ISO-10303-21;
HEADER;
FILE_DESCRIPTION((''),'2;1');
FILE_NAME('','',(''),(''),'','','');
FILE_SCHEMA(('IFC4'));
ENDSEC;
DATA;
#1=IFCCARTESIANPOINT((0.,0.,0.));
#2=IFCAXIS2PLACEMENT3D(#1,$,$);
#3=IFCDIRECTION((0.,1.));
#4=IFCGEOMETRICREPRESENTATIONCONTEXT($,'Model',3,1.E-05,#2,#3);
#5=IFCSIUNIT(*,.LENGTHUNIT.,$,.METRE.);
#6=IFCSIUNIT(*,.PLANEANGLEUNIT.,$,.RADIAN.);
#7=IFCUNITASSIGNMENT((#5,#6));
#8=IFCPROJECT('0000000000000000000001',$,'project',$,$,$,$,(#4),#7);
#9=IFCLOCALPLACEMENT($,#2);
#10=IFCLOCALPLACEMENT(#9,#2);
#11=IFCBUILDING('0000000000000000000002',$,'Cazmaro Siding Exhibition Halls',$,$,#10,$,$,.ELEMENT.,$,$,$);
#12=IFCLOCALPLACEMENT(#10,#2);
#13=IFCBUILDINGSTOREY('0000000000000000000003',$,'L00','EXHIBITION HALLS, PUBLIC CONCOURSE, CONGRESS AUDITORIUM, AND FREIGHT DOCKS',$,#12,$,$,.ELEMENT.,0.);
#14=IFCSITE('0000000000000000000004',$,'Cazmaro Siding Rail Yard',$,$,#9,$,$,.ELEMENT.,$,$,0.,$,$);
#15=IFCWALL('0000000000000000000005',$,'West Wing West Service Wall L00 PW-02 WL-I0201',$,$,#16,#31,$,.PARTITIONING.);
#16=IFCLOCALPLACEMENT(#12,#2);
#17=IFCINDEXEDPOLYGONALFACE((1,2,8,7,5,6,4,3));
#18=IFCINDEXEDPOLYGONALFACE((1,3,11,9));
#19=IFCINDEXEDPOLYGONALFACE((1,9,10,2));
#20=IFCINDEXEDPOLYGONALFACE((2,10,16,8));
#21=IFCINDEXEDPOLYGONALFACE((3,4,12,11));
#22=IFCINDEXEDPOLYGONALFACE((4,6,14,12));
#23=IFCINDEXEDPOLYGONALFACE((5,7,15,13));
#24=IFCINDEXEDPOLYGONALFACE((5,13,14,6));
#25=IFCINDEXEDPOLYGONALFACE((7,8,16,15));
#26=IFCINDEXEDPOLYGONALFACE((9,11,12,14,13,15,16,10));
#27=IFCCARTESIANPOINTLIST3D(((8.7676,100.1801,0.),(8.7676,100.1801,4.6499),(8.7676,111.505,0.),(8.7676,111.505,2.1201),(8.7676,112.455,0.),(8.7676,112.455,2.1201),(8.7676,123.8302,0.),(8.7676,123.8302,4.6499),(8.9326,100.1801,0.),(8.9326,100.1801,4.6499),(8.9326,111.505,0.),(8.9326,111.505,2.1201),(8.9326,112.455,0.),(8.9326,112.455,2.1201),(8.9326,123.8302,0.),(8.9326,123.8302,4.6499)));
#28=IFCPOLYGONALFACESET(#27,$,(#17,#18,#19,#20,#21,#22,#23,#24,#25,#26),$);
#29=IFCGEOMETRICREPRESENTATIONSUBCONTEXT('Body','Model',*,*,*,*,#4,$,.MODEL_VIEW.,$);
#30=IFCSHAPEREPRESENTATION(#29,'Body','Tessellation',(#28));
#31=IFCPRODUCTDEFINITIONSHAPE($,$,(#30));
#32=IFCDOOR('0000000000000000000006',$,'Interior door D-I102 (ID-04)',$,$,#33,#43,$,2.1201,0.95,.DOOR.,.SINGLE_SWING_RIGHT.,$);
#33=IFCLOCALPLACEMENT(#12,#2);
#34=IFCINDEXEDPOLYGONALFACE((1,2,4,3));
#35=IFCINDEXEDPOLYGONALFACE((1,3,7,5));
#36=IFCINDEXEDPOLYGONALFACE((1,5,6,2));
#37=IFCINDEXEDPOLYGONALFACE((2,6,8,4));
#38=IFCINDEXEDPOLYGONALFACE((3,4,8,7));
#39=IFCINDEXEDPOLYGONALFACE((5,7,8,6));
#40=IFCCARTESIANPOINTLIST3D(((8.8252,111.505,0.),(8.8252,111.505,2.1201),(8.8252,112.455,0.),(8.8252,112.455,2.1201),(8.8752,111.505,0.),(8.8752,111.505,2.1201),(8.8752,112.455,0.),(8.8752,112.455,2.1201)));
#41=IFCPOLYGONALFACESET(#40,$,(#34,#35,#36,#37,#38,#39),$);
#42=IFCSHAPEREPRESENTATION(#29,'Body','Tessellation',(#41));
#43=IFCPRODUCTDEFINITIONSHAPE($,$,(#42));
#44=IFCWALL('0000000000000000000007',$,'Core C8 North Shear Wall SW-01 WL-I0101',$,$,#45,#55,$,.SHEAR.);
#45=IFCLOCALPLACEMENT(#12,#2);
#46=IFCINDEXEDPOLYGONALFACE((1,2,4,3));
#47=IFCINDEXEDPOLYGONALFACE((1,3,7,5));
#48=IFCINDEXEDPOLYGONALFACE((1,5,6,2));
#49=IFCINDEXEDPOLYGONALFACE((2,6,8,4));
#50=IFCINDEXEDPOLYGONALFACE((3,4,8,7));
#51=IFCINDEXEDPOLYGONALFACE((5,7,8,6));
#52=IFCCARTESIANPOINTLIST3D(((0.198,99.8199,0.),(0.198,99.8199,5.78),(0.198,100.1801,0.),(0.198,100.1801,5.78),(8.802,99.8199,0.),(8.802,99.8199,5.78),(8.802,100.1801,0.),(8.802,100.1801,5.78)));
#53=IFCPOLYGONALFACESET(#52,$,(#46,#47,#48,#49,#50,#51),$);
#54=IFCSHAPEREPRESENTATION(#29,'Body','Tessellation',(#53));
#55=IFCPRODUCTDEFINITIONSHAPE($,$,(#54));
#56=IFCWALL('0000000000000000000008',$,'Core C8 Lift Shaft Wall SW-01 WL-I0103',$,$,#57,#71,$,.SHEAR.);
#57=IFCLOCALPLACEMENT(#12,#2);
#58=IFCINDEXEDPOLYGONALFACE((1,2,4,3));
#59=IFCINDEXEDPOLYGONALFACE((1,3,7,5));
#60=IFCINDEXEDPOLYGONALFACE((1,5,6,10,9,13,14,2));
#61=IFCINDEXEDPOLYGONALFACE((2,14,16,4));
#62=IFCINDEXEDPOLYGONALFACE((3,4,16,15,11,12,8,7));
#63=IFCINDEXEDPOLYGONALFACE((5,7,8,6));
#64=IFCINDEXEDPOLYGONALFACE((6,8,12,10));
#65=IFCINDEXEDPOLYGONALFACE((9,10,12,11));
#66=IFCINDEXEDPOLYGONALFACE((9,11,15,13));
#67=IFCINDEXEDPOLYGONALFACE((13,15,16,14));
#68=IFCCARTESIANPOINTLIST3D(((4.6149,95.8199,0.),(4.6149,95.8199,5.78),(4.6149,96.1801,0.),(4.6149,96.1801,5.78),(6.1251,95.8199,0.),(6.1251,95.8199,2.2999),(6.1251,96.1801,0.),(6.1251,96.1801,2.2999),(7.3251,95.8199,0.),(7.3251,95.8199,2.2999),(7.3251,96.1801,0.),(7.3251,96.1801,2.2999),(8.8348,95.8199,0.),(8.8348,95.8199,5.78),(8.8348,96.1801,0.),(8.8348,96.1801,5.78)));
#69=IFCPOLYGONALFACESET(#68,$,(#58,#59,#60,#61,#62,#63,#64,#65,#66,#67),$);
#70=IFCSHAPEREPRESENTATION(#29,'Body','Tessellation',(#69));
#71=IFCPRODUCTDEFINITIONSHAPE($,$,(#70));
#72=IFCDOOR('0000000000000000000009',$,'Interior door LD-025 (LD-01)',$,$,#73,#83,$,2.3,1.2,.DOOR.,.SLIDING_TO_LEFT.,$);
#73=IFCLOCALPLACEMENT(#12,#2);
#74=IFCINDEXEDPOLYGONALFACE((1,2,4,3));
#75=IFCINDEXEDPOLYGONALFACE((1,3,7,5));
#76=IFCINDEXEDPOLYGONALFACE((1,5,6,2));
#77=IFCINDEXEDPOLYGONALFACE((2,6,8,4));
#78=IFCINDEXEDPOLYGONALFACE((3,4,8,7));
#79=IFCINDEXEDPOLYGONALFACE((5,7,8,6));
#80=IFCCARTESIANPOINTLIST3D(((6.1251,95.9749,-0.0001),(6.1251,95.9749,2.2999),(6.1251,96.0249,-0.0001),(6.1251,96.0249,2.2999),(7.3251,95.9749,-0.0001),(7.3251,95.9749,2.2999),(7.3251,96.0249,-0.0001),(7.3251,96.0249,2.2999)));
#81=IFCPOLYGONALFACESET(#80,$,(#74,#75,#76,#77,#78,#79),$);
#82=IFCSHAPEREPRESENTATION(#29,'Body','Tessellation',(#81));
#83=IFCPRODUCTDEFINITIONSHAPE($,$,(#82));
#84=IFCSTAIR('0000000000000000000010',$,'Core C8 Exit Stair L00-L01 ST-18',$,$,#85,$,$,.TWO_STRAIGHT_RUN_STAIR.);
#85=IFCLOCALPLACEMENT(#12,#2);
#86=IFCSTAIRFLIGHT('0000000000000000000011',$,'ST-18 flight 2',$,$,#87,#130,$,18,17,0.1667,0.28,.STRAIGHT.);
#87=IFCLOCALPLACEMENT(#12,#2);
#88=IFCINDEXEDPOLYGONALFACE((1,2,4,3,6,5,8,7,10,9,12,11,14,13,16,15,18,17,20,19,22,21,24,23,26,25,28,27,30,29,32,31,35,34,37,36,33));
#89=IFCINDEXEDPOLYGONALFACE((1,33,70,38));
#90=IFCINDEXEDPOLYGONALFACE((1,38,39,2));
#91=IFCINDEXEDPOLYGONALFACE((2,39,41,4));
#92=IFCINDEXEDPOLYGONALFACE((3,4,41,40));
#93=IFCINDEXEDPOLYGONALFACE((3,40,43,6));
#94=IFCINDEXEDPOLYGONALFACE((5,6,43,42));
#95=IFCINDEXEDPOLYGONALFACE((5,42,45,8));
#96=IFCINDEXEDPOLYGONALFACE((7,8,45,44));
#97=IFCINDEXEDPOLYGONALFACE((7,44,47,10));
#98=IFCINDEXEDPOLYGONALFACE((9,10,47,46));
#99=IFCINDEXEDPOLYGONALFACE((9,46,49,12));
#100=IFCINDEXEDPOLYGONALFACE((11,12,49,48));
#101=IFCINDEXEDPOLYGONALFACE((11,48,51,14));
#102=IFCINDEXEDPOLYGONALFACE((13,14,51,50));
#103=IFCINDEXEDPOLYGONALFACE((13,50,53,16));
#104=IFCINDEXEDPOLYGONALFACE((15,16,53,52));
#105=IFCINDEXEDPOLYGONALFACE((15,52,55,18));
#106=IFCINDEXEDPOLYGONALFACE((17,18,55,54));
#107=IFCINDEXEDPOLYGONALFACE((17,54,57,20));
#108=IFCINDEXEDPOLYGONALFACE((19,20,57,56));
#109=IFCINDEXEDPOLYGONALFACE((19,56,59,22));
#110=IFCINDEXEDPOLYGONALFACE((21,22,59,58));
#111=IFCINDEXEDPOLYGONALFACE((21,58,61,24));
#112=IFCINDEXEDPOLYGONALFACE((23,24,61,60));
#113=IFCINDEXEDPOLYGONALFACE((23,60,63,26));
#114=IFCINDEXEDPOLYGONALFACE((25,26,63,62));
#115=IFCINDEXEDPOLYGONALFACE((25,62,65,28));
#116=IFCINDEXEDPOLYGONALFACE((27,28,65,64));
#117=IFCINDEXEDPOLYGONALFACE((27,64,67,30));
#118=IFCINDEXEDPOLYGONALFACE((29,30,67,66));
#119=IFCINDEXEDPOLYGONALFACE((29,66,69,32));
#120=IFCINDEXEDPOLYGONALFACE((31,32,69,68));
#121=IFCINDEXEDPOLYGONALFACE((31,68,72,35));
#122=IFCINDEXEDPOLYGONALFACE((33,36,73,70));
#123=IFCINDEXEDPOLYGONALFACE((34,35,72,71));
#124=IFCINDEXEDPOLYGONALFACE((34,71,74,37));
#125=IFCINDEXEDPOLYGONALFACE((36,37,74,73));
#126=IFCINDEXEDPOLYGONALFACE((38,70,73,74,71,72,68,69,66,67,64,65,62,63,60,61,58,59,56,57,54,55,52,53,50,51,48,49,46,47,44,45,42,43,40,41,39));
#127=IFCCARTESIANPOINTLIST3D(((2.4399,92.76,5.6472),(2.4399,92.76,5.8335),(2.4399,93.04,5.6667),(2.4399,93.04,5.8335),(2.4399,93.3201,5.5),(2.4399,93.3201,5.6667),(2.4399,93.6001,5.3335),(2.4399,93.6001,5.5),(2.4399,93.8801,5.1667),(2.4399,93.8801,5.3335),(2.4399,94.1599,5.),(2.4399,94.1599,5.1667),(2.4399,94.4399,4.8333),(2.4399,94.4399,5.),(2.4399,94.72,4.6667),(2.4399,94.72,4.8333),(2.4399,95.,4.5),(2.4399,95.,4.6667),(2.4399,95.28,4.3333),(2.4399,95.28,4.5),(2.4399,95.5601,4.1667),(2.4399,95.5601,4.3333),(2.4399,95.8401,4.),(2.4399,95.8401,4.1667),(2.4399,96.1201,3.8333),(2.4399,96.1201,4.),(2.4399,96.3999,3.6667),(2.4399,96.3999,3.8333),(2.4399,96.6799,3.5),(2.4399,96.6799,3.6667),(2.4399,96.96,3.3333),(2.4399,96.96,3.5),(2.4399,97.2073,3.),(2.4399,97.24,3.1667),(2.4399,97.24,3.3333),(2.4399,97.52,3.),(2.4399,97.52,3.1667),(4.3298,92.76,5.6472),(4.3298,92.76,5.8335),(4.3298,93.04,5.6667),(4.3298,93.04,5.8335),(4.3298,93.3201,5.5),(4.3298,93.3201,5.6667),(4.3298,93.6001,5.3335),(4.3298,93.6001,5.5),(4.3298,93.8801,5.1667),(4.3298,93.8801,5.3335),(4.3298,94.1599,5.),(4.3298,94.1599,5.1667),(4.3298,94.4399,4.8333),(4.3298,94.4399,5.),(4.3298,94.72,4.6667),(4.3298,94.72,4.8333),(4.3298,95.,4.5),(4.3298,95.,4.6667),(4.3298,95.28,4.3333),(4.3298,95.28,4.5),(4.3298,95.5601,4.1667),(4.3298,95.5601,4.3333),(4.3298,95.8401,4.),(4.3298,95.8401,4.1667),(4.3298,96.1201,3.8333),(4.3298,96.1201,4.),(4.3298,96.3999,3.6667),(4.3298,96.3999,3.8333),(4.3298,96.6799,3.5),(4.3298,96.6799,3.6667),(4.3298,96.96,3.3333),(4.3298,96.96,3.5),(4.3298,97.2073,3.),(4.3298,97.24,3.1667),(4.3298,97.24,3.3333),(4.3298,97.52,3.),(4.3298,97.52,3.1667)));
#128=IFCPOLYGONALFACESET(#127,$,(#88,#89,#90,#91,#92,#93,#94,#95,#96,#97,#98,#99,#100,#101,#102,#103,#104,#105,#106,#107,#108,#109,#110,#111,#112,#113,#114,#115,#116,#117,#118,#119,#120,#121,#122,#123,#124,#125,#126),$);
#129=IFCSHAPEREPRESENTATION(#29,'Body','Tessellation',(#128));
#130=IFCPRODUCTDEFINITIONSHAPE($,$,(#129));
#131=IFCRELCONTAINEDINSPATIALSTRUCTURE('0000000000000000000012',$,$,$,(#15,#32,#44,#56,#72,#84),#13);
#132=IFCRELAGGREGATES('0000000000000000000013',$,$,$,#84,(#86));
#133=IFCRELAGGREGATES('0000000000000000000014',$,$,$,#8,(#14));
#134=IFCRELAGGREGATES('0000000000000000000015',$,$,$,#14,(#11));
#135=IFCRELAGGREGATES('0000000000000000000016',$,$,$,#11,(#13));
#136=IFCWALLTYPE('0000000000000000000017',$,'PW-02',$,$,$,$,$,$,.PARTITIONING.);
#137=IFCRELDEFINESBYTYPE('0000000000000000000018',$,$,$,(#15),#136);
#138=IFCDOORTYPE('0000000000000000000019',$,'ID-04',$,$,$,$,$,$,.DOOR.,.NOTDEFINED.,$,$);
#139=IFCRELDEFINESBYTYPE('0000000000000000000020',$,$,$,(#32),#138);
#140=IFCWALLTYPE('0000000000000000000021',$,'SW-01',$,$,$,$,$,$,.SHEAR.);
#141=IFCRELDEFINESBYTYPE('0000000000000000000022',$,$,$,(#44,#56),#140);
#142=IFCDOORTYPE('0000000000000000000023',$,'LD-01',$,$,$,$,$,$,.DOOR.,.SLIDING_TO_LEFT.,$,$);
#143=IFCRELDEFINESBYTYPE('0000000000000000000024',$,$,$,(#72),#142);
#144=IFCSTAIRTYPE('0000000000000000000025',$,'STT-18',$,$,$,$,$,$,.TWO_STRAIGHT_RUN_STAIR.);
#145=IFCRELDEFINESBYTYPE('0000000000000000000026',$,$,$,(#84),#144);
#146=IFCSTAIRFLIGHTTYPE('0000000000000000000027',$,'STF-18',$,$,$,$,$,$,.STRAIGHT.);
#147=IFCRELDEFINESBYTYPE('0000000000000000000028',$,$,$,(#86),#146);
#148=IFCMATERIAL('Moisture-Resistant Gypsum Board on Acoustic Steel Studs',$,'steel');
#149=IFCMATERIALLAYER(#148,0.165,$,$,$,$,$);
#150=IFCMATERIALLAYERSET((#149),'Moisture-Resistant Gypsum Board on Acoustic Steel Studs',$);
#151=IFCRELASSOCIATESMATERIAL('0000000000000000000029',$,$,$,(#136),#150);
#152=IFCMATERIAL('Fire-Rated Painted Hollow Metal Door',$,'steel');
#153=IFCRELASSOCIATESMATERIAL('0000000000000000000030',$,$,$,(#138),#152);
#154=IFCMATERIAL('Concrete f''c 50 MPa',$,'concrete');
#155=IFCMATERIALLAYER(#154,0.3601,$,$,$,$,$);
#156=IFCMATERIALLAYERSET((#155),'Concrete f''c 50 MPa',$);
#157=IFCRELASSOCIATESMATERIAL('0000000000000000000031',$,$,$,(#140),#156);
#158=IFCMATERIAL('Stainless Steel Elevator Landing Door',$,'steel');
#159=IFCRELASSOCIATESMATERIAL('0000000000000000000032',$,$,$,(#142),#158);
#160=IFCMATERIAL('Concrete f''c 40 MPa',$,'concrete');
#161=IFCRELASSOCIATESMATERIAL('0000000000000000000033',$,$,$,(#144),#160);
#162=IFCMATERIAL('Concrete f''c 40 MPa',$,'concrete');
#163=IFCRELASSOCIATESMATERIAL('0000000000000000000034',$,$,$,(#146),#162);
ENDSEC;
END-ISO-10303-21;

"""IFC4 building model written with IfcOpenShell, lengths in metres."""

from ifc_helpers import new_model, si_unit, direction, frame, frame_2d, origin, place, context, subcontext, project, spatial, polyline, rectangle, outline, extrude, material, layer, layer_set, type_object, element, fill, aggregate, save


model = new_model("IFC4")

# Units and contexts
model_context = context("Model", 3, precision=1e-05, world=origin(), true_north=direction((0.0, 1.0)))
body_context = subcontext(model_context, "Body", "Model", "MODEL_VIEW")
ifc_project = project(units=[si_unit("LENGTHUNIT", "METRE"), si_unit("PLANEANGLEUNIT", "RADIAN")], contexts=[model_context])

# Site, building, storey
site_placement = place(None, origin())
site = spatial("IfcSite", under=ifc_project, at=site_placement, Name="Cazmaro Siding Rail Yard", CompositionType="ELEMENT", RefElevation=0.0)
building_placement = place(site_placement, origin())
building = spatial("IfcBuilding", under=site, at=building_placement, Name="Cazmaro Siding Exhibition Halls", CompositionType="ELEMENT")
storey_placement = place(building_placement, origin())
storey = spatial("IfcBuildingStorey", under=building, at=storey_placement, Name="L00", Description="EXHIBITION HALLS, PUBLIC CONCOURSE, CONGRESS AUDITORIUM, AND FREIGHT DOCKS", CompositionType="ELEMENT", Elevation=0.0)

# Wall, opening, door
ifc_material_1 = material(Name="Moisture-Resistant Gypsum Board on Acoustic Steel Studs", Category="steel")
ifc_layer_1 = layer(ifc_material_1, 0.165)
ifc_layer_set_1 = layer_set([ifc_layer_1], Name="Moisture-Resistant Gypsum Board on Acoustic Steel Studs")
wall_type_1 = type_object("IfcWallType", Name="PW-02", PredefinedType="PARTITIONING", material=ifc_layer_set_1)
wall_1_placement = place(storey_placement, frame((8.8501, 100.1799, 0.0), z_axis=(0.0, 0.0, 1.0), x_axis=(0.0, 1.0, 0.0)))
wall_1 = element("IfcWall", 1, at=wall_1_placement, inside=storey, type_object=wall_type_1, Name="West Wing West Service Wall L00 PW-02 WL-I0201", PredefinedType="PARTITIONING", context=body_context, shape_type="SweptSolid", body=[
    extrude(rectangle(XDim=23.6501, YDim=0.165, at=frame_2d((11.8252, 0.0))), origin(), (0.0, 0.0, 1.0), 4.6499),
])
opening_1_placement = place(wall_1_placement, frame((11.325, 0.0, 0.0)))
opening_1 = element("IfcOpeningElement", 2, at=opening_1_placement, cuts=wall_1, PredefinedType="OPENING", context=body_context, shape_type="SweptSolid", body=[
    extrude(rectangle(XDim=0.95, YDim=2.1201, at=frame_2d((0.4751, 1.0601))), frame((0.0, 0.0925, 0.0), z_axis=(0.0, -1.0, 0.0), x_axis=(1.0, 0.0, 0.0)), (0.0, 0.0, 1.0), 0.1851),
])
ifc_material_2 = material(Name="Fire-Rated Painted Hollow Metal Door", Category="steel")
door_type_1 = type_object("IfcDoorType", Name="ID-04", OperationType="NOTDEFINED", PredefinedType="DOOR", material=ifc_material_2)
door_1_placement = place(opening_1_placement, origin())
door_1 = element("IfcDoor", 3, at=door_1_placement, inside=storey, type_object=door_type_1, Name="Interior door D-I102 (ID-04)", OperationType="SINGLE_SWING_RIGHT", OverallHeight=2.1201, OverallWidth=0.95, PredefinedType="DOOR", context=body_context, shape_type="SweptSolid", body=[
    extrude(rectangle(XDim=0.95, YDim=2.1201, at=frame_2d((0.4751, 1.0601))), frame((0.0, 0.0249, 0.0), z_axis=(0.0, -1.0, 0.0), x_axis=(1.0, 0.0, 0.0)), (0.0, 0.0, 1.0), 0.05),
])
fill(opening_1, door_1)

# Wall
ifc_material_3 = material(Name="Concrete f'c 50 MPa", Category="concrete")
ifc_layer_2 = layer(ifc_material_3, 0.3601)
ifc_layer_set_2 = layer_set([ifc_layer_2], Name="Concrete f'c 50 MPa")
wall_type_2 = type_object("IfcWallType", Name="SW-01", PredefinedType="SHEAR", material=ifc_layer_set_2)
wall_2_placement = place(storey_placement, frame((0.198, 100.0, 0.0), z_axis=(0.0, 0.0, 1.0), x_axis=(1.0, 0.0, 0.0)))
element("IfcWall", 4, at=wall_2_placement, inside=storey, type_object=wall_type_2, Name="Core C8 North Shear Wall SW-01 WL-I0101", PredefinedType="SHEAR", context=body_context, shape_type="SweptSolid", body=[
    extrude(rectangle(XDim=8.604, YDim=0.3601, at=frame_2d((4.302, 0.0))), origin(), (0.0, 0.0, 1.0), 5.78),
])

# Wall, opening, door
wall_3_placement = place(storey_placement, frame((4.615, 96.0, 0.0), z_axis=(0.0, 0.0, 1.0), x_axis=(1.0, 0.0, 0.0)))
wall_3 = element("IfcWall", 5, at=wall_3_placement, inside=storey, type_object=wall_type_2, Name="Core C8 Lift Shaft Wall SW-01 WL-I0103", PredefinedType="SHEAR", context=body_context, shape_type="SweptSolid", body=[
    extrude(rectangle(XDim=4.22, YDim=0.3601, at=frame_2d((2.1099, 0.0))), origin(), (0.0, 0.0, 1.0), 5.78),
])
opening_2_placement = place(wall_3_placement, frame((1.51, 0.0, 0.0)))
opening_2 = element("IfcOpeningElement", 6, at=opening_2_placement, cuts=wall_3, PredefinedType="OPENING", context=body_context, shape_type="SweptSolid", body=[
    extrude(rectangle(XDim=1.2, YDim=2.3, at=frame_2d((0.6001, 1.1499))), frame((0.0, 0.1899, 0.0), z_axis=(0.0, -1.0, 0.0), x_axis=(1.0, 0.0, 0.0)), (0.0, 0.0, 1.0), 0.3801),
])
ifc_material_4 = material(Name="Stainless Steel Elevator Landing Door", Category="steel")
door_type_2 = type_object("IfcDoorType", Name="LD-01", OperationType="SLIDING_TO_LEFT", PredefinedType="DOOR", material=ifc_material_4)
door_2_placement = place(opening_2_placement, origin())
door_2 = element("IfcDoor", 7, at=door_2_placement, inside=storey, type_object=door_type_2, Name="Interior door LD-025 (LD-01)", OperationType="SLIDING_TO_LEFT", OverallHeight=2.3, OverallWidth=1.2, PredefinedType="DOOR", context=body_context, shape_type="SweptSolid", body=[
    extrude(rectangle(XDim=1.2, YDim=2.3, at=frame_2d((0.6001, 1.1499))), frame((0.0, 0.0249, 0.0), z_axis=(0.0, -1.0, 0.0), x_axis=(1.0, 0.0, 0.0)), (0.0, 0.0, 1.0), 0.05),
])
fill(opening_2, door_2)

# Stair, stair flight
ifc_material_5 = material(Name="Concrete f'c 40 MPa", Category="concrete")
stair_type = type_object("IfcStairType", Name="STT-18", PredefinedType="TWO_STRAIGHT_RUN_STAIR", material=ifc_material_5)
stair_placement = place(storey_placement, origin())
stair = element("IfcStair", 8, at=stair_placement, inside=storey, type_object=stair_type, Name="Core C8 Exit Stair L00-L01 ST-18", PredefinedType="TWO_STRAIGHT_RUN_STAIR")
ifc_material_6 = material(Name="Concrete f'c 40 MPa", Category="concrete")
stair_flight_type = type_object("IfcStairFlightType", Name="STF-18", PredefinedType="STRAIGHT", material=ifc_material_6)
stair_flight_placement = place(storey_placement, frame((3.385, 97.52, 3.0), z_axis=(0.0, 0.0, 1.0), x_axis=(0.0, -1.0, 0.0)))
stair_flight = element("IfcStairFlight", 9, at=stair_flight_placement, type_object=stair_flight_type, Name="ST-18 flight 2", NumberOfRisers=18, NumberOfTreads=17, PredefinedType="STRAIGHT", RiserHeight=0.1667, TreadLength=0.28, context=body_context, shape_type="SweptSolid", body=[
    extrude(outline(polyline([(0.0, 0.0), (0.0, 0.1667), (0.28, 0.1667), (0.28, 0.3333), (0.5601, 0.3333), (0.5601, 0.5), (0.8401, 0.5), (0.8401, 0.6667), (1.1201, 0.6667), (1.1201, 0.8333), (1.3999, 0.8333), (1.3999, 1.0), (1.6799, 1.0), (1.6799, 1.1667), (1.96, 1.1667), (1.96, 1.3333), (2.24, 1.3333), (2.24, 1.5), (2.52, 1.5), (2.52, 1.6667), (2.8, 1.6667), (2.8, 1.8333), (3.0801, 1.8333), (3.0801, 2.0), (3.3601, 2.0), (3.3601, 2.1667), (3.6399, 2.1667), (3.6399, 2.3335), (3.9199, 2.3335), (3.9199, 2.5), (4.2, 2.5), (4.2, 2.6667), (4.48, 2.6667), (4.48, 2.8335), (4.76, 2.8335), (4.76, 3.0), (4.76, 2.6472), (0.3127, 0.0), (0.0, 0.0)])), frame((0.0, 0.9448, 0.0), z_axis=(0.0, -1.0, 0.0), x_axis=(1.0, 0.0, 0.0)), (0.0, 0.0, 1.0), 1.8899),
])
aggregate(stair, [stair_flight])

save(model, "model.ifc")
